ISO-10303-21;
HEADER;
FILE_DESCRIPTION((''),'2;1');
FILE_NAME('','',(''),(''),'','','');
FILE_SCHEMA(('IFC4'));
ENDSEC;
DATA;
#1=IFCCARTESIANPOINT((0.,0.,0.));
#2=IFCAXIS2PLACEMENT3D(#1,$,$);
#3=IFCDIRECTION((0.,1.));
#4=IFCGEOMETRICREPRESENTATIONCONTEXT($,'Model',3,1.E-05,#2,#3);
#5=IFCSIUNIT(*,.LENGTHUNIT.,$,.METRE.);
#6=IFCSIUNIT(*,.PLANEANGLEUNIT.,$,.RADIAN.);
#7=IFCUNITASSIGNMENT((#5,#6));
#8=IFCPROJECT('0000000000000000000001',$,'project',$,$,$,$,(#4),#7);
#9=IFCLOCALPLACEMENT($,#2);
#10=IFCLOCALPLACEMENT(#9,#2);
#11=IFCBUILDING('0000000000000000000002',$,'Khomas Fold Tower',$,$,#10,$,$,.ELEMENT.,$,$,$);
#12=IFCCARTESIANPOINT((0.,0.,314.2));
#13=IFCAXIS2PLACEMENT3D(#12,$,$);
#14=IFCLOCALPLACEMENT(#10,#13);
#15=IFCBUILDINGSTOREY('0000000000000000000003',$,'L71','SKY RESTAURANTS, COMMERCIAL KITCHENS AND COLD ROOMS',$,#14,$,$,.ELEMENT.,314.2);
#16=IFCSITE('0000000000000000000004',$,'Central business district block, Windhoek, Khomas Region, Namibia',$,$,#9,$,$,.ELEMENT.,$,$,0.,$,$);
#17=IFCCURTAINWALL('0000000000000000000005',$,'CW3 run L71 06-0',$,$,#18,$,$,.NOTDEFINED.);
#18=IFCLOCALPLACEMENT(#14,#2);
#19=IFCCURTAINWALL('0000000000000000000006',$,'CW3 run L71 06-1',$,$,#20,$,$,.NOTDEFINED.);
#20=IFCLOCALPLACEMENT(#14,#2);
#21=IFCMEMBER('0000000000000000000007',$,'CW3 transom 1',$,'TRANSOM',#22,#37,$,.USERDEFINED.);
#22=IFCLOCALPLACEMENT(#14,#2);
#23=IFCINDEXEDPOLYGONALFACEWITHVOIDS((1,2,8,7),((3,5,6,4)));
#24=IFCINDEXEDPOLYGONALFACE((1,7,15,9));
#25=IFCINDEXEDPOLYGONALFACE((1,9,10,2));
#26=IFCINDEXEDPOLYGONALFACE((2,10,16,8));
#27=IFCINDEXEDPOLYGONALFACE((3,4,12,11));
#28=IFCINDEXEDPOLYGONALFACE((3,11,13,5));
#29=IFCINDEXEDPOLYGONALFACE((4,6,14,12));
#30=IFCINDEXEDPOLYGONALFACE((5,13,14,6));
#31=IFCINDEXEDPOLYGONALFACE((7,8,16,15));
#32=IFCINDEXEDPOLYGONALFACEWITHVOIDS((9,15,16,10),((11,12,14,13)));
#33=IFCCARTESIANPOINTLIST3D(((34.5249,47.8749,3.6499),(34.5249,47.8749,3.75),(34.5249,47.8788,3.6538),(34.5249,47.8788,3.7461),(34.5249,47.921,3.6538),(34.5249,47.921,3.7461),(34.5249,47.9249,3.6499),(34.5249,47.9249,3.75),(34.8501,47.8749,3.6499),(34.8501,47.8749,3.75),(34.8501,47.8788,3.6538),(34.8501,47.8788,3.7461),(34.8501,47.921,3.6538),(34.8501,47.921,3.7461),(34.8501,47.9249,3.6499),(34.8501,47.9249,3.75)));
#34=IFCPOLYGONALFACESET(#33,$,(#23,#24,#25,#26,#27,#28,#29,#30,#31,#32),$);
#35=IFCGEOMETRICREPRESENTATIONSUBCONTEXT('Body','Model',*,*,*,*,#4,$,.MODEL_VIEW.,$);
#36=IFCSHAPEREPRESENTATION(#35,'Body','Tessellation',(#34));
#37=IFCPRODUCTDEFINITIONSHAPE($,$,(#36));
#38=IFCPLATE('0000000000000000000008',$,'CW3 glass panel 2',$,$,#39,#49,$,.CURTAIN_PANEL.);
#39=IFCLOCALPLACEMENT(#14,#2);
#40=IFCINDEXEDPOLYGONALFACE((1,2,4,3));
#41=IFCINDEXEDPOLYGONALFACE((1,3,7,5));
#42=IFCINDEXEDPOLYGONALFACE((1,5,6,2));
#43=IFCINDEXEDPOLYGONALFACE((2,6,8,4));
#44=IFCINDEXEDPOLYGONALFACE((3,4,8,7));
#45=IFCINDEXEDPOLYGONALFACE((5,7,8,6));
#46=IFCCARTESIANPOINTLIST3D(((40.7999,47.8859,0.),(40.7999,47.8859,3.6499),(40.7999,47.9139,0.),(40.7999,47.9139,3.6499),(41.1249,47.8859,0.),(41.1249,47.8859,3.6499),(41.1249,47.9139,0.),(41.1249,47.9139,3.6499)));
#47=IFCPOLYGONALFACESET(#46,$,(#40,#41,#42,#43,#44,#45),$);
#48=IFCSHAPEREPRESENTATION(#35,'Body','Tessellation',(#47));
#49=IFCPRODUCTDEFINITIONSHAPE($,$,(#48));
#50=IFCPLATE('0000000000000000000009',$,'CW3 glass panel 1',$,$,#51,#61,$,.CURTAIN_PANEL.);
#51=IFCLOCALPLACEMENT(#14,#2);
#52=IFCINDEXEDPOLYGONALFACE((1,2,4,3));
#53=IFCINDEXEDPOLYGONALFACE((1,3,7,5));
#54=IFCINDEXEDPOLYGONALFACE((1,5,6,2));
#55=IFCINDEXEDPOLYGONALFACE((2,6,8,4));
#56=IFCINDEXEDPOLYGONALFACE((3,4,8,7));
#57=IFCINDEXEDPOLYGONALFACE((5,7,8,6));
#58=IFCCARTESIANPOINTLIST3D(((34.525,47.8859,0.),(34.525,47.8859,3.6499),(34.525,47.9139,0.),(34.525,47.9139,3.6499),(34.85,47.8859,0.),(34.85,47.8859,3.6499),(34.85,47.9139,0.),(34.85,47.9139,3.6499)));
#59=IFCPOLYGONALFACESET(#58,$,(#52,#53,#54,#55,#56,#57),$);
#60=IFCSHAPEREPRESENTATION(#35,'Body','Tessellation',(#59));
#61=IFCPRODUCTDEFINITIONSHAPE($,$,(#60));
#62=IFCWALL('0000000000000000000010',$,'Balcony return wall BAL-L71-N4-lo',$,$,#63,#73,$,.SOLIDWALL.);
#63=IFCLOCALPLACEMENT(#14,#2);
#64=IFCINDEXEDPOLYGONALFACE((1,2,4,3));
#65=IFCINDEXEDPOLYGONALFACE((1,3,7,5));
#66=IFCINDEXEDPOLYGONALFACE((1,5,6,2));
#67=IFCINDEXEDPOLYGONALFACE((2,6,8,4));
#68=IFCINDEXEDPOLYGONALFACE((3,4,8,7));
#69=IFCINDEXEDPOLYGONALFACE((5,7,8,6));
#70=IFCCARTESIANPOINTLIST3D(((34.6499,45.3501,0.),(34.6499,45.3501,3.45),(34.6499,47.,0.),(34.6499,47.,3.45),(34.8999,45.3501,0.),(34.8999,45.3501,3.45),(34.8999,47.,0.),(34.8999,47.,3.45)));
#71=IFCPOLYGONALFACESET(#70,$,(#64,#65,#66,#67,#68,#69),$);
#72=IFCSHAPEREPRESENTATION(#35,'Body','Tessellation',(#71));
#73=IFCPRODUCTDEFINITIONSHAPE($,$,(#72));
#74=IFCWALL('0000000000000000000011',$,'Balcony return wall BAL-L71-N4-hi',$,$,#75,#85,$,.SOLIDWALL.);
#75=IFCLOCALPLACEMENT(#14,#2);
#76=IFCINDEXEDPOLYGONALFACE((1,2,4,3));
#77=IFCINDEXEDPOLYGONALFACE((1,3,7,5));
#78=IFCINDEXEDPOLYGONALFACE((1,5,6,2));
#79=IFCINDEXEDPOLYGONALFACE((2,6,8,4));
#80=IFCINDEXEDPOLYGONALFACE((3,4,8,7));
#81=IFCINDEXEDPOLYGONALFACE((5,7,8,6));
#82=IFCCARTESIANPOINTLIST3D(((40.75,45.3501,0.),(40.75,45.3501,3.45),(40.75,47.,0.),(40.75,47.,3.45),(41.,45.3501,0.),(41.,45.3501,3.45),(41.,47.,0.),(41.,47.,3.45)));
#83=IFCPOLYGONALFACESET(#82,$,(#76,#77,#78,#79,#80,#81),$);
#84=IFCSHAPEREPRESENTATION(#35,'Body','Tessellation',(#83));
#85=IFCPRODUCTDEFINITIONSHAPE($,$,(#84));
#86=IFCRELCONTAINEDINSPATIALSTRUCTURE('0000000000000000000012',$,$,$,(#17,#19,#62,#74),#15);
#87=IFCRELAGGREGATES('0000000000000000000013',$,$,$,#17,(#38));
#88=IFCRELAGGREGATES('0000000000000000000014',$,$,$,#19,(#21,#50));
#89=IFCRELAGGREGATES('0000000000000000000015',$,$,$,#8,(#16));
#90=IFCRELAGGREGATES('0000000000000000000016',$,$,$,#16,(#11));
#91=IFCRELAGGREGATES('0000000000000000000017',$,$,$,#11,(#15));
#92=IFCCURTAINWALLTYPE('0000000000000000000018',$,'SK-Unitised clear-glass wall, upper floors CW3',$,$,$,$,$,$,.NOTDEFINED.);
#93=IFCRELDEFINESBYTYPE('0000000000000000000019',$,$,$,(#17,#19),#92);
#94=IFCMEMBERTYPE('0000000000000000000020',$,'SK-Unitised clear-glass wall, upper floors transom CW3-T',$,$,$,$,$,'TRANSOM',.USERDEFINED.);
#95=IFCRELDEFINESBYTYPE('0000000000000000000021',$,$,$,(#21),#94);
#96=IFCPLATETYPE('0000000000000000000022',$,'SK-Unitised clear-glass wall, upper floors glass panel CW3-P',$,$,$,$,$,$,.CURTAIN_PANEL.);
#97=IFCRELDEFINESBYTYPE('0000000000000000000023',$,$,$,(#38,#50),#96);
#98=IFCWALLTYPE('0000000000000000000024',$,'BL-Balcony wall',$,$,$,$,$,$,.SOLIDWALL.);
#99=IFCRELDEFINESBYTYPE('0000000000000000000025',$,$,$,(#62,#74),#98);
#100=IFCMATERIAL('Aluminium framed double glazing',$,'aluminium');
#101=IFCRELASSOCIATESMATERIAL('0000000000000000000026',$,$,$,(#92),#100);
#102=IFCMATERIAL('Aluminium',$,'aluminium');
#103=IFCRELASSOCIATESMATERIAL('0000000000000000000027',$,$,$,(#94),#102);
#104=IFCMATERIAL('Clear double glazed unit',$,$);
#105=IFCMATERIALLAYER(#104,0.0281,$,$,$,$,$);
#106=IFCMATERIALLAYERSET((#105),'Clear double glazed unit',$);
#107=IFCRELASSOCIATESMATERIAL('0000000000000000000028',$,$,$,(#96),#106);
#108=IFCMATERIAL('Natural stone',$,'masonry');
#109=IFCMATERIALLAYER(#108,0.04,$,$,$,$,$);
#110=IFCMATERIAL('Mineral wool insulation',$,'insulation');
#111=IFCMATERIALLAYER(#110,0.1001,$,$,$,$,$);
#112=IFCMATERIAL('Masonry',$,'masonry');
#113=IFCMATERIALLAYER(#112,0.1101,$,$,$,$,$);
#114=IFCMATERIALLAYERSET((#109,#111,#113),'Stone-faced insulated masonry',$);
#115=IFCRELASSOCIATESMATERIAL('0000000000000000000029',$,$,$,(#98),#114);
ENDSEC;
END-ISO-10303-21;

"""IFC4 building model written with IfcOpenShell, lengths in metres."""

from ifc_helpers import new_model, si_unit, direction, frame, frame_2d, origin, origin_2d, place, context, subcontext, project, spatial, rectangle, hollow_rectangle, extrude, source, transform, mapped, material, layer, layer_set, material_profile, profile_set, type_object, element, aggregate, save


model = new_model("IFC4")

# Units and contexts
model_context = context("Model", 3, precision=1e-05, world=origin(), true_north=direction((0.0, 1.0)))
body_context = subcontext(model_context, "Body", "Model", "MODEL_VIEW")
ifc_project = project(units=[si_unit("LENGTHUNIT", "METRE"), si_unit("PLANEANGLEUNIT", "RADIAN")], contexts=[model_context])

# Site, building, storey
site_placement = place(None, origin())
site = spatial("IfcSite", under=ifc_project, at=site_placement, Name="Central business district block, Windhoek, Khomas Region, Namibia", CompositionType="ELEMENT", RefElevation=0.0)
building_placement = place(site_placement, origin())
building = spatial("IfcBuilding", under=site, at=building_placement, Name="Khomas Fold Tower", CompositionType="ELEMENT")
storey_placement = place(building_placement, frame((0.0, 0.0, 314.2)))
storey = spatial("IfcBuildingStorey", under=building, at=storey_placement, Name="L71", Description="SKY RESTAURANTS, COMMERCIAL KITCHENS AND COLD ROOMS", CompositionType="ELEMENT", Elevation=314.2)

# Curtain wall
ifc_material_1 = material(Name="Aluminium framed double glazing", Category="aluminium")
curtain_wall_type = type_object("IfcCurtainWallType", Name="SK-Unitised clear-glass wall, upper floors CW3", PredefinedType="NOTDEFINED", material=ifc_material_1)
curtain_wall_1_placement = place(storey_placement, origin())
curtain_wall_1 = element("IfcCurtainWall", 1, at=curtain_wall_1_placement, inside=storey, type_object=curtain_wall_type, Name="CW3 run L71 06-0", PredefinedType="NOTDEFINED")

# Curtain wall, member
curtain_wall_2_placement = place(storey_placement, origin())
curtain_wall_2 = element("IfcCurtainWall", 2, at=curtain_wall_2_placement, inside=storey, type_object=curtain_wall_type, Name="CW3 run L71 06-1", PredefinedType="NOTDEFINED")
ifc_material_2 = material(Name="Aluminium", Category="aluminium")
ifc_material_profile_1 = material_profile(ifc_material_2, hollow_rectangle(XDim=0.05, YDim=0.1001, WallThickness=0.0039, at=origin_2d()), Name="SK-Unitised clear-glass wall, upper floors transom CW3-T")
ifc_profile_set_1 = profile_set([ifc_material_profile_1], Name="Aluminium")
member_type_1 = type_object("IfcMemberType", Name="SK-Unitised clear-glass wall, upper floors transom CW3-T", ElementType="TRANSOM", PredefinedType="USERDEFINED", material=ifc_profile_set_1)
shared_shape_1 = source(origin(), body_context, "Body", "SweptSolid", [
    extrude(hollow_rectangle(XDim=0.05, YDim=0.1001, WallThickness=0.0039, at=origin_2d()), origin(), (0.0, 0.0, 1.0), 0.3252),
])
member_1_placement = place(storey_placement, frame((34.8501, 47.8999, 3.7), z_axis=(-1.0, 0.0, 0.0), x_axis=(0.0, -1.0, 0.0)))
member_1 = element("IfcMember", 3, at=member_1_placement, type_object=member_type_1, Name="CW3 transom 1", ObjectType="TRANSOM", PredefinedType="USERDEFINED", context=body_context, shape_type="MappedRepresentation", body=[
    mapped(shared_shape_1, transform((0.0, 0.0, 0.0))),
])

# Plates
ifc_material_3 = material(Name="Clear double glazed unit")
ifc_layer_1 = layer(ifc_material_3, 0.0281)
ifc_layer_set_1 = layer_set([ifc_layer_1], Name="Clear double glazed unit")
plate_type = type_object("IfcPlateType", Name="SK-Unitised clear-glass wall, upper floors glass panel CW3-P", PredefinedType="CURTAIN_PANEL", material=ifc_layer_set_1)
shared_shape_2 = source(origin(), body_context, "Body", "SweptSolid", [
    extrude(rectangle(XDim=0.325, YDim=0.0281, at=origin_2d()), origin(), (0.0, 0.0, 1.0), 3.6499),
])
plate_1_placement = place(storey_placement, frame((40.9624, 47.8999, 0.0), z_axis=(0.0, 0.0, 1.0), x_axis=(-1.0, 0.0, 0.0)))
plate_1 = element("IfcPlate", 4, at=plate_1_placement, type_object=plate_type, Name="CW3 glass panel 2", PredefinedType="CURTAIN_PANEL", context=body_context, shape_type="MappedRepresentation", body=[
    mapped(shared_shape_2, transform((0.0, 0.0, 0.0))),
])
aggregate(curtain_wall_1, [plate_1])
plate_2_placement = place(storey_placement, frame((34.6875, 47.8999, 0.0), z_axis=(0.0, 0.0, 1.0), x_axis=(-1.0, 0.0, 0.0)))
plate_2 = element("IfcPlate", 5, at=plate_2_placement, type_object=plate_type, Name="CW3 glass panel 1", PredefinedType="CURTAIN_PANEL", context=body_context, shape_type="MappedRepresentation", body=[
    mapped(shared_shape_2, transform((0.0, 0.0, 0.0))),
])
aggregate(curtain_wall_2, [member_1, plate_2])

# Shared definitions
ifc_material_4 = material(Name="Natural stone", Category="masonry")
ifc_layer_2 = layer(ifc_material_4, 0.04)
ifc_material_5 = material(Name="Mineral wool insulation", Category="insulation")
ifc_layer_3 = layer(ifc_material_5, 0.1001)
ifc_material_6 = material(Name="Masonry", Category="masonry")
ifc_layer_4 = layer(ifc_material_6, 0.1101)
ifc_layer_set_2 = layer_set([ifc_layer_2, ifc_layer_3, ifc_layer_4], Name="Stone-faced insulated masonry")
wall_type = type_object("IfcWallType", Name="BL-Balcony wall", PredefinedType="SOLIDWALL", material=ifc_layer_set_2)

# Walls
shared_shape_3 = source(origin(), body_context, "Body", "SweptSolid", [
    extrude(rectangle(XDim=1.6499, YDim=0.25, at=frame_2d((0.825, 0.0))), origin(), (0.0, 0.0, 1.0), 3.45),
])
for number, where, z_axis, x_axis, name in (
    (6, (34.7749, 47.0, 0.0), (0.0, 0.0, 1.0), (0.0, -1.0, 0.0), "Balcony return wall BAL-L71-N4-lo"),
    (7, (40.875, 47.0, 0.0), (0.0, 0.0, 1.0), (0.0, -1.0, 0.0), "Balcony return wall BAL-L71-N4-hi"),
):
    element("IfcWall", number, at=place(storey_placement, frame(where, z_axis=z_axis, x_axis=x_axis)), inside=storey, type_object=wall_type, Name=name, PredefinedType="SOLIDWALL", context=body_context, shape_type="MappedRepresentation", body=[
        mapped(shared_shape_3, transform((0.0, 0.0, 0.0))),
    ])

save(model, "model.ifc")
